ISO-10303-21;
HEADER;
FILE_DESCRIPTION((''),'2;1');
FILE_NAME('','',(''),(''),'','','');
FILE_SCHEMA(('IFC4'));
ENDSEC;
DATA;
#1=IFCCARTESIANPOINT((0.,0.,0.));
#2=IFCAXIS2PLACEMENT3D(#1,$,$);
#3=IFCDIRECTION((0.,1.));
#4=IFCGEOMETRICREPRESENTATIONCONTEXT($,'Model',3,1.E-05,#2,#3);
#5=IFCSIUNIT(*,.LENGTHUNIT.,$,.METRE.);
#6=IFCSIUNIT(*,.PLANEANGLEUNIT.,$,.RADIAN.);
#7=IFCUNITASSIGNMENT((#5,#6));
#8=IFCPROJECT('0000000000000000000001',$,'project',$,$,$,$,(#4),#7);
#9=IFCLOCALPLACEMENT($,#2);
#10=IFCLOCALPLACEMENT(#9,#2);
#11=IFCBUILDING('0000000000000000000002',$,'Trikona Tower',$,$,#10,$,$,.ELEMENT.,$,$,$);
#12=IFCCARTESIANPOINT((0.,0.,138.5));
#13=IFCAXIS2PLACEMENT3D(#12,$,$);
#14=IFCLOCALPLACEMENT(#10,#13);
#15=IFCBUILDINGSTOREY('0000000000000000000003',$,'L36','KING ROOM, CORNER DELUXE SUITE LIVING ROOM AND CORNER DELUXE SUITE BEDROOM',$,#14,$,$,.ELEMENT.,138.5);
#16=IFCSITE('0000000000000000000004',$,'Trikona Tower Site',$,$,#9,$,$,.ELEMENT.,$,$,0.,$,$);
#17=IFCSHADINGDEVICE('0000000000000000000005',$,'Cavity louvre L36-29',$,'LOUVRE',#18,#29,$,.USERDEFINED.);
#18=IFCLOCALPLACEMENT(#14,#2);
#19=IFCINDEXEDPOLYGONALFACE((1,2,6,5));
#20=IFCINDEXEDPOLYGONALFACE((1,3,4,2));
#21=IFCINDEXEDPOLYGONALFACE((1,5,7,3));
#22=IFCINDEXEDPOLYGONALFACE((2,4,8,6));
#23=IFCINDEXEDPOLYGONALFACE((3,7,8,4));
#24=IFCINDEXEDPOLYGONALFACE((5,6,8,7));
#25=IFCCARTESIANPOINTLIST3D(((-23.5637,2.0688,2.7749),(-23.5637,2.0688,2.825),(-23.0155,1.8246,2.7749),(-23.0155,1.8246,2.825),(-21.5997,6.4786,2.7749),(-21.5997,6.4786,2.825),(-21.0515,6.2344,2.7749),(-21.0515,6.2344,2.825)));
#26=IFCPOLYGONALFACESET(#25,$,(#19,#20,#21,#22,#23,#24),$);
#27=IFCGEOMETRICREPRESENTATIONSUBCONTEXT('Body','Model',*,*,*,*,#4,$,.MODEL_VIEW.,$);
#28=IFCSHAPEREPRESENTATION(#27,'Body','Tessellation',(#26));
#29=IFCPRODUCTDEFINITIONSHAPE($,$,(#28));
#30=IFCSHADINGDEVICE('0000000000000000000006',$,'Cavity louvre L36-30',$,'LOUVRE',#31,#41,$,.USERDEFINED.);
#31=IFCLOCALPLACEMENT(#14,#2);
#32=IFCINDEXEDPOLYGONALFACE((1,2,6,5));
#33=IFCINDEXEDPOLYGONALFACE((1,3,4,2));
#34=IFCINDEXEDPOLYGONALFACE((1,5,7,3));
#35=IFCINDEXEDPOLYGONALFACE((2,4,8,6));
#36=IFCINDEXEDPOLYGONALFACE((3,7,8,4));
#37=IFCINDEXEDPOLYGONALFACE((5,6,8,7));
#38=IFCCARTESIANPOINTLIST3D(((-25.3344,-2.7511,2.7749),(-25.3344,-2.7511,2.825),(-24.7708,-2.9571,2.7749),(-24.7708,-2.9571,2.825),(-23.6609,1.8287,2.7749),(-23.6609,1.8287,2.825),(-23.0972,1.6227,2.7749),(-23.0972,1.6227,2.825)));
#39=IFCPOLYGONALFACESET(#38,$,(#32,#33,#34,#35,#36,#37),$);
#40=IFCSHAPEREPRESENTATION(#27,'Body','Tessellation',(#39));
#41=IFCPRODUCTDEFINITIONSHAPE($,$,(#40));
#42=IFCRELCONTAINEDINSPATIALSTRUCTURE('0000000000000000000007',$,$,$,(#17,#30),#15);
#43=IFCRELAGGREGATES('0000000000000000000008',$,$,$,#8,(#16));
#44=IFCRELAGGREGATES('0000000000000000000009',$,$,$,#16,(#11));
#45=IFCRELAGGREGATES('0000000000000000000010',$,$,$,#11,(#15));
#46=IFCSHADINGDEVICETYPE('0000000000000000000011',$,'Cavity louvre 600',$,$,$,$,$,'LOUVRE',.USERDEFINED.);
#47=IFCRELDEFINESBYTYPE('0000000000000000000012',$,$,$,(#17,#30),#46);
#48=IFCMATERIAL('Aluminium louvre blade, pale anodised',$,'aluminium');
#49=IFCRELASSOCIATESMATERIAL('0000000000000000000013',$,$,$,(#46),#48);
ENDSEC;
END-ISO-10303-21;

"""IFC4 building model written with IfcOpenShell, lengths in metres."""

from ifc_helpers import new_model, si_unit, direction, frame, origin, origin_2d, place, context, subcontext, project, spatial, rectangle, extrude, material, type_object, element, save


model = new_model("IFC4")

# Units and contexts
model_context = context("Model", 3, precision=1e-05, world=origin(), true_north=direction((0.0, 1.0)))
body_context = subcontext(model_context, "Body", "Model", "MODEL_VIEW")
ifc_project = project(units=[si_unit("LENGTHUNIT", "METRE"), si_unit("PLANEANGLEUNIT", "RADIAN")], contexts=[model_context])

# Site, building, storey
site_placement = place(None, origin())
site = spatial("IfcSite", under=ifc_project, at=site_placement, Name="Trikona Tower Site", CompositionType="ELEMENT", RefElevation=0.0)
building_placement = place(site_placement, origin())
building = spatial("IfcBuilding", under=site, at=building_placement, Name="Trikona Tower", CompositionType="ELEMENT")
storey_placement = place(building_placement, frame((0.0, 0.0, 138.5)))
storey = spatial("IfcBuildingStorey", under=building, at=storey_placement, Name="L36", Description="KING ROOM, CORNER DELUXE SUITE LIVING ROOM AND CORNER DELUXE SUITE BEDROOM", CompositionType="ELEMENT", Elevation=138.5)

# Shading devices
ifc_material_1 = material(Name="Aluminium louvre blade, pale anodised", Category="aluminium")
shading_device_type = type_object("IfcShadingDeviceType", Name="Cavity louvre 600", ElementType="LOUVRE", PredefinedType="USERDEFINED", material=ifc_material_1)
shading_device_1_placement = place(storey_placement, frame((-22.3076, 4.1516, 2.7749), z_axis=(0.0, 0.0, 1.0), x_axis=(-0.406843, -0.913498, 0.0)))
element("IfcShadingDevice", 1, at=shading_device_1_placement, inside=storey, type_object=shading_device_type, Name="Cavity louvre L36-29", ObjectType="LOUVRE", PredefinedType="USERDEFINED", context=body_context, shape_type="SweptSolid", body=[
    extrude(rectangle(XDim=4.8274, YDim=0.6001, at=origin_2d()), origin(), (0.0, 0.0, 1.0), 0.05),
])
shading_device_2_placement = place(storey_placement, frame((-24.2158, -0.5642, 2.7749), z_axis=(0.0, 0.0, 1.0), x_axis=(-0.34322, -0.939255, 0.0)))
element("IfcShadingDevice", 2, at=shading_device_2_placement, inside=storey, type_object=shading_device_type, Name="Cavity louvre L36-30", ObjectType="LOUVRE", PredefinedType="USERDEFINED", context=body_context, shape_type="SweptSolid", body=[
    extrude(rectangle(XDim=4.876, YDim=0.6001, at=origin_2d()), origin(), (0.0, 0.0, 1.0), 0.05),
])

save(model, "model.ifc")
